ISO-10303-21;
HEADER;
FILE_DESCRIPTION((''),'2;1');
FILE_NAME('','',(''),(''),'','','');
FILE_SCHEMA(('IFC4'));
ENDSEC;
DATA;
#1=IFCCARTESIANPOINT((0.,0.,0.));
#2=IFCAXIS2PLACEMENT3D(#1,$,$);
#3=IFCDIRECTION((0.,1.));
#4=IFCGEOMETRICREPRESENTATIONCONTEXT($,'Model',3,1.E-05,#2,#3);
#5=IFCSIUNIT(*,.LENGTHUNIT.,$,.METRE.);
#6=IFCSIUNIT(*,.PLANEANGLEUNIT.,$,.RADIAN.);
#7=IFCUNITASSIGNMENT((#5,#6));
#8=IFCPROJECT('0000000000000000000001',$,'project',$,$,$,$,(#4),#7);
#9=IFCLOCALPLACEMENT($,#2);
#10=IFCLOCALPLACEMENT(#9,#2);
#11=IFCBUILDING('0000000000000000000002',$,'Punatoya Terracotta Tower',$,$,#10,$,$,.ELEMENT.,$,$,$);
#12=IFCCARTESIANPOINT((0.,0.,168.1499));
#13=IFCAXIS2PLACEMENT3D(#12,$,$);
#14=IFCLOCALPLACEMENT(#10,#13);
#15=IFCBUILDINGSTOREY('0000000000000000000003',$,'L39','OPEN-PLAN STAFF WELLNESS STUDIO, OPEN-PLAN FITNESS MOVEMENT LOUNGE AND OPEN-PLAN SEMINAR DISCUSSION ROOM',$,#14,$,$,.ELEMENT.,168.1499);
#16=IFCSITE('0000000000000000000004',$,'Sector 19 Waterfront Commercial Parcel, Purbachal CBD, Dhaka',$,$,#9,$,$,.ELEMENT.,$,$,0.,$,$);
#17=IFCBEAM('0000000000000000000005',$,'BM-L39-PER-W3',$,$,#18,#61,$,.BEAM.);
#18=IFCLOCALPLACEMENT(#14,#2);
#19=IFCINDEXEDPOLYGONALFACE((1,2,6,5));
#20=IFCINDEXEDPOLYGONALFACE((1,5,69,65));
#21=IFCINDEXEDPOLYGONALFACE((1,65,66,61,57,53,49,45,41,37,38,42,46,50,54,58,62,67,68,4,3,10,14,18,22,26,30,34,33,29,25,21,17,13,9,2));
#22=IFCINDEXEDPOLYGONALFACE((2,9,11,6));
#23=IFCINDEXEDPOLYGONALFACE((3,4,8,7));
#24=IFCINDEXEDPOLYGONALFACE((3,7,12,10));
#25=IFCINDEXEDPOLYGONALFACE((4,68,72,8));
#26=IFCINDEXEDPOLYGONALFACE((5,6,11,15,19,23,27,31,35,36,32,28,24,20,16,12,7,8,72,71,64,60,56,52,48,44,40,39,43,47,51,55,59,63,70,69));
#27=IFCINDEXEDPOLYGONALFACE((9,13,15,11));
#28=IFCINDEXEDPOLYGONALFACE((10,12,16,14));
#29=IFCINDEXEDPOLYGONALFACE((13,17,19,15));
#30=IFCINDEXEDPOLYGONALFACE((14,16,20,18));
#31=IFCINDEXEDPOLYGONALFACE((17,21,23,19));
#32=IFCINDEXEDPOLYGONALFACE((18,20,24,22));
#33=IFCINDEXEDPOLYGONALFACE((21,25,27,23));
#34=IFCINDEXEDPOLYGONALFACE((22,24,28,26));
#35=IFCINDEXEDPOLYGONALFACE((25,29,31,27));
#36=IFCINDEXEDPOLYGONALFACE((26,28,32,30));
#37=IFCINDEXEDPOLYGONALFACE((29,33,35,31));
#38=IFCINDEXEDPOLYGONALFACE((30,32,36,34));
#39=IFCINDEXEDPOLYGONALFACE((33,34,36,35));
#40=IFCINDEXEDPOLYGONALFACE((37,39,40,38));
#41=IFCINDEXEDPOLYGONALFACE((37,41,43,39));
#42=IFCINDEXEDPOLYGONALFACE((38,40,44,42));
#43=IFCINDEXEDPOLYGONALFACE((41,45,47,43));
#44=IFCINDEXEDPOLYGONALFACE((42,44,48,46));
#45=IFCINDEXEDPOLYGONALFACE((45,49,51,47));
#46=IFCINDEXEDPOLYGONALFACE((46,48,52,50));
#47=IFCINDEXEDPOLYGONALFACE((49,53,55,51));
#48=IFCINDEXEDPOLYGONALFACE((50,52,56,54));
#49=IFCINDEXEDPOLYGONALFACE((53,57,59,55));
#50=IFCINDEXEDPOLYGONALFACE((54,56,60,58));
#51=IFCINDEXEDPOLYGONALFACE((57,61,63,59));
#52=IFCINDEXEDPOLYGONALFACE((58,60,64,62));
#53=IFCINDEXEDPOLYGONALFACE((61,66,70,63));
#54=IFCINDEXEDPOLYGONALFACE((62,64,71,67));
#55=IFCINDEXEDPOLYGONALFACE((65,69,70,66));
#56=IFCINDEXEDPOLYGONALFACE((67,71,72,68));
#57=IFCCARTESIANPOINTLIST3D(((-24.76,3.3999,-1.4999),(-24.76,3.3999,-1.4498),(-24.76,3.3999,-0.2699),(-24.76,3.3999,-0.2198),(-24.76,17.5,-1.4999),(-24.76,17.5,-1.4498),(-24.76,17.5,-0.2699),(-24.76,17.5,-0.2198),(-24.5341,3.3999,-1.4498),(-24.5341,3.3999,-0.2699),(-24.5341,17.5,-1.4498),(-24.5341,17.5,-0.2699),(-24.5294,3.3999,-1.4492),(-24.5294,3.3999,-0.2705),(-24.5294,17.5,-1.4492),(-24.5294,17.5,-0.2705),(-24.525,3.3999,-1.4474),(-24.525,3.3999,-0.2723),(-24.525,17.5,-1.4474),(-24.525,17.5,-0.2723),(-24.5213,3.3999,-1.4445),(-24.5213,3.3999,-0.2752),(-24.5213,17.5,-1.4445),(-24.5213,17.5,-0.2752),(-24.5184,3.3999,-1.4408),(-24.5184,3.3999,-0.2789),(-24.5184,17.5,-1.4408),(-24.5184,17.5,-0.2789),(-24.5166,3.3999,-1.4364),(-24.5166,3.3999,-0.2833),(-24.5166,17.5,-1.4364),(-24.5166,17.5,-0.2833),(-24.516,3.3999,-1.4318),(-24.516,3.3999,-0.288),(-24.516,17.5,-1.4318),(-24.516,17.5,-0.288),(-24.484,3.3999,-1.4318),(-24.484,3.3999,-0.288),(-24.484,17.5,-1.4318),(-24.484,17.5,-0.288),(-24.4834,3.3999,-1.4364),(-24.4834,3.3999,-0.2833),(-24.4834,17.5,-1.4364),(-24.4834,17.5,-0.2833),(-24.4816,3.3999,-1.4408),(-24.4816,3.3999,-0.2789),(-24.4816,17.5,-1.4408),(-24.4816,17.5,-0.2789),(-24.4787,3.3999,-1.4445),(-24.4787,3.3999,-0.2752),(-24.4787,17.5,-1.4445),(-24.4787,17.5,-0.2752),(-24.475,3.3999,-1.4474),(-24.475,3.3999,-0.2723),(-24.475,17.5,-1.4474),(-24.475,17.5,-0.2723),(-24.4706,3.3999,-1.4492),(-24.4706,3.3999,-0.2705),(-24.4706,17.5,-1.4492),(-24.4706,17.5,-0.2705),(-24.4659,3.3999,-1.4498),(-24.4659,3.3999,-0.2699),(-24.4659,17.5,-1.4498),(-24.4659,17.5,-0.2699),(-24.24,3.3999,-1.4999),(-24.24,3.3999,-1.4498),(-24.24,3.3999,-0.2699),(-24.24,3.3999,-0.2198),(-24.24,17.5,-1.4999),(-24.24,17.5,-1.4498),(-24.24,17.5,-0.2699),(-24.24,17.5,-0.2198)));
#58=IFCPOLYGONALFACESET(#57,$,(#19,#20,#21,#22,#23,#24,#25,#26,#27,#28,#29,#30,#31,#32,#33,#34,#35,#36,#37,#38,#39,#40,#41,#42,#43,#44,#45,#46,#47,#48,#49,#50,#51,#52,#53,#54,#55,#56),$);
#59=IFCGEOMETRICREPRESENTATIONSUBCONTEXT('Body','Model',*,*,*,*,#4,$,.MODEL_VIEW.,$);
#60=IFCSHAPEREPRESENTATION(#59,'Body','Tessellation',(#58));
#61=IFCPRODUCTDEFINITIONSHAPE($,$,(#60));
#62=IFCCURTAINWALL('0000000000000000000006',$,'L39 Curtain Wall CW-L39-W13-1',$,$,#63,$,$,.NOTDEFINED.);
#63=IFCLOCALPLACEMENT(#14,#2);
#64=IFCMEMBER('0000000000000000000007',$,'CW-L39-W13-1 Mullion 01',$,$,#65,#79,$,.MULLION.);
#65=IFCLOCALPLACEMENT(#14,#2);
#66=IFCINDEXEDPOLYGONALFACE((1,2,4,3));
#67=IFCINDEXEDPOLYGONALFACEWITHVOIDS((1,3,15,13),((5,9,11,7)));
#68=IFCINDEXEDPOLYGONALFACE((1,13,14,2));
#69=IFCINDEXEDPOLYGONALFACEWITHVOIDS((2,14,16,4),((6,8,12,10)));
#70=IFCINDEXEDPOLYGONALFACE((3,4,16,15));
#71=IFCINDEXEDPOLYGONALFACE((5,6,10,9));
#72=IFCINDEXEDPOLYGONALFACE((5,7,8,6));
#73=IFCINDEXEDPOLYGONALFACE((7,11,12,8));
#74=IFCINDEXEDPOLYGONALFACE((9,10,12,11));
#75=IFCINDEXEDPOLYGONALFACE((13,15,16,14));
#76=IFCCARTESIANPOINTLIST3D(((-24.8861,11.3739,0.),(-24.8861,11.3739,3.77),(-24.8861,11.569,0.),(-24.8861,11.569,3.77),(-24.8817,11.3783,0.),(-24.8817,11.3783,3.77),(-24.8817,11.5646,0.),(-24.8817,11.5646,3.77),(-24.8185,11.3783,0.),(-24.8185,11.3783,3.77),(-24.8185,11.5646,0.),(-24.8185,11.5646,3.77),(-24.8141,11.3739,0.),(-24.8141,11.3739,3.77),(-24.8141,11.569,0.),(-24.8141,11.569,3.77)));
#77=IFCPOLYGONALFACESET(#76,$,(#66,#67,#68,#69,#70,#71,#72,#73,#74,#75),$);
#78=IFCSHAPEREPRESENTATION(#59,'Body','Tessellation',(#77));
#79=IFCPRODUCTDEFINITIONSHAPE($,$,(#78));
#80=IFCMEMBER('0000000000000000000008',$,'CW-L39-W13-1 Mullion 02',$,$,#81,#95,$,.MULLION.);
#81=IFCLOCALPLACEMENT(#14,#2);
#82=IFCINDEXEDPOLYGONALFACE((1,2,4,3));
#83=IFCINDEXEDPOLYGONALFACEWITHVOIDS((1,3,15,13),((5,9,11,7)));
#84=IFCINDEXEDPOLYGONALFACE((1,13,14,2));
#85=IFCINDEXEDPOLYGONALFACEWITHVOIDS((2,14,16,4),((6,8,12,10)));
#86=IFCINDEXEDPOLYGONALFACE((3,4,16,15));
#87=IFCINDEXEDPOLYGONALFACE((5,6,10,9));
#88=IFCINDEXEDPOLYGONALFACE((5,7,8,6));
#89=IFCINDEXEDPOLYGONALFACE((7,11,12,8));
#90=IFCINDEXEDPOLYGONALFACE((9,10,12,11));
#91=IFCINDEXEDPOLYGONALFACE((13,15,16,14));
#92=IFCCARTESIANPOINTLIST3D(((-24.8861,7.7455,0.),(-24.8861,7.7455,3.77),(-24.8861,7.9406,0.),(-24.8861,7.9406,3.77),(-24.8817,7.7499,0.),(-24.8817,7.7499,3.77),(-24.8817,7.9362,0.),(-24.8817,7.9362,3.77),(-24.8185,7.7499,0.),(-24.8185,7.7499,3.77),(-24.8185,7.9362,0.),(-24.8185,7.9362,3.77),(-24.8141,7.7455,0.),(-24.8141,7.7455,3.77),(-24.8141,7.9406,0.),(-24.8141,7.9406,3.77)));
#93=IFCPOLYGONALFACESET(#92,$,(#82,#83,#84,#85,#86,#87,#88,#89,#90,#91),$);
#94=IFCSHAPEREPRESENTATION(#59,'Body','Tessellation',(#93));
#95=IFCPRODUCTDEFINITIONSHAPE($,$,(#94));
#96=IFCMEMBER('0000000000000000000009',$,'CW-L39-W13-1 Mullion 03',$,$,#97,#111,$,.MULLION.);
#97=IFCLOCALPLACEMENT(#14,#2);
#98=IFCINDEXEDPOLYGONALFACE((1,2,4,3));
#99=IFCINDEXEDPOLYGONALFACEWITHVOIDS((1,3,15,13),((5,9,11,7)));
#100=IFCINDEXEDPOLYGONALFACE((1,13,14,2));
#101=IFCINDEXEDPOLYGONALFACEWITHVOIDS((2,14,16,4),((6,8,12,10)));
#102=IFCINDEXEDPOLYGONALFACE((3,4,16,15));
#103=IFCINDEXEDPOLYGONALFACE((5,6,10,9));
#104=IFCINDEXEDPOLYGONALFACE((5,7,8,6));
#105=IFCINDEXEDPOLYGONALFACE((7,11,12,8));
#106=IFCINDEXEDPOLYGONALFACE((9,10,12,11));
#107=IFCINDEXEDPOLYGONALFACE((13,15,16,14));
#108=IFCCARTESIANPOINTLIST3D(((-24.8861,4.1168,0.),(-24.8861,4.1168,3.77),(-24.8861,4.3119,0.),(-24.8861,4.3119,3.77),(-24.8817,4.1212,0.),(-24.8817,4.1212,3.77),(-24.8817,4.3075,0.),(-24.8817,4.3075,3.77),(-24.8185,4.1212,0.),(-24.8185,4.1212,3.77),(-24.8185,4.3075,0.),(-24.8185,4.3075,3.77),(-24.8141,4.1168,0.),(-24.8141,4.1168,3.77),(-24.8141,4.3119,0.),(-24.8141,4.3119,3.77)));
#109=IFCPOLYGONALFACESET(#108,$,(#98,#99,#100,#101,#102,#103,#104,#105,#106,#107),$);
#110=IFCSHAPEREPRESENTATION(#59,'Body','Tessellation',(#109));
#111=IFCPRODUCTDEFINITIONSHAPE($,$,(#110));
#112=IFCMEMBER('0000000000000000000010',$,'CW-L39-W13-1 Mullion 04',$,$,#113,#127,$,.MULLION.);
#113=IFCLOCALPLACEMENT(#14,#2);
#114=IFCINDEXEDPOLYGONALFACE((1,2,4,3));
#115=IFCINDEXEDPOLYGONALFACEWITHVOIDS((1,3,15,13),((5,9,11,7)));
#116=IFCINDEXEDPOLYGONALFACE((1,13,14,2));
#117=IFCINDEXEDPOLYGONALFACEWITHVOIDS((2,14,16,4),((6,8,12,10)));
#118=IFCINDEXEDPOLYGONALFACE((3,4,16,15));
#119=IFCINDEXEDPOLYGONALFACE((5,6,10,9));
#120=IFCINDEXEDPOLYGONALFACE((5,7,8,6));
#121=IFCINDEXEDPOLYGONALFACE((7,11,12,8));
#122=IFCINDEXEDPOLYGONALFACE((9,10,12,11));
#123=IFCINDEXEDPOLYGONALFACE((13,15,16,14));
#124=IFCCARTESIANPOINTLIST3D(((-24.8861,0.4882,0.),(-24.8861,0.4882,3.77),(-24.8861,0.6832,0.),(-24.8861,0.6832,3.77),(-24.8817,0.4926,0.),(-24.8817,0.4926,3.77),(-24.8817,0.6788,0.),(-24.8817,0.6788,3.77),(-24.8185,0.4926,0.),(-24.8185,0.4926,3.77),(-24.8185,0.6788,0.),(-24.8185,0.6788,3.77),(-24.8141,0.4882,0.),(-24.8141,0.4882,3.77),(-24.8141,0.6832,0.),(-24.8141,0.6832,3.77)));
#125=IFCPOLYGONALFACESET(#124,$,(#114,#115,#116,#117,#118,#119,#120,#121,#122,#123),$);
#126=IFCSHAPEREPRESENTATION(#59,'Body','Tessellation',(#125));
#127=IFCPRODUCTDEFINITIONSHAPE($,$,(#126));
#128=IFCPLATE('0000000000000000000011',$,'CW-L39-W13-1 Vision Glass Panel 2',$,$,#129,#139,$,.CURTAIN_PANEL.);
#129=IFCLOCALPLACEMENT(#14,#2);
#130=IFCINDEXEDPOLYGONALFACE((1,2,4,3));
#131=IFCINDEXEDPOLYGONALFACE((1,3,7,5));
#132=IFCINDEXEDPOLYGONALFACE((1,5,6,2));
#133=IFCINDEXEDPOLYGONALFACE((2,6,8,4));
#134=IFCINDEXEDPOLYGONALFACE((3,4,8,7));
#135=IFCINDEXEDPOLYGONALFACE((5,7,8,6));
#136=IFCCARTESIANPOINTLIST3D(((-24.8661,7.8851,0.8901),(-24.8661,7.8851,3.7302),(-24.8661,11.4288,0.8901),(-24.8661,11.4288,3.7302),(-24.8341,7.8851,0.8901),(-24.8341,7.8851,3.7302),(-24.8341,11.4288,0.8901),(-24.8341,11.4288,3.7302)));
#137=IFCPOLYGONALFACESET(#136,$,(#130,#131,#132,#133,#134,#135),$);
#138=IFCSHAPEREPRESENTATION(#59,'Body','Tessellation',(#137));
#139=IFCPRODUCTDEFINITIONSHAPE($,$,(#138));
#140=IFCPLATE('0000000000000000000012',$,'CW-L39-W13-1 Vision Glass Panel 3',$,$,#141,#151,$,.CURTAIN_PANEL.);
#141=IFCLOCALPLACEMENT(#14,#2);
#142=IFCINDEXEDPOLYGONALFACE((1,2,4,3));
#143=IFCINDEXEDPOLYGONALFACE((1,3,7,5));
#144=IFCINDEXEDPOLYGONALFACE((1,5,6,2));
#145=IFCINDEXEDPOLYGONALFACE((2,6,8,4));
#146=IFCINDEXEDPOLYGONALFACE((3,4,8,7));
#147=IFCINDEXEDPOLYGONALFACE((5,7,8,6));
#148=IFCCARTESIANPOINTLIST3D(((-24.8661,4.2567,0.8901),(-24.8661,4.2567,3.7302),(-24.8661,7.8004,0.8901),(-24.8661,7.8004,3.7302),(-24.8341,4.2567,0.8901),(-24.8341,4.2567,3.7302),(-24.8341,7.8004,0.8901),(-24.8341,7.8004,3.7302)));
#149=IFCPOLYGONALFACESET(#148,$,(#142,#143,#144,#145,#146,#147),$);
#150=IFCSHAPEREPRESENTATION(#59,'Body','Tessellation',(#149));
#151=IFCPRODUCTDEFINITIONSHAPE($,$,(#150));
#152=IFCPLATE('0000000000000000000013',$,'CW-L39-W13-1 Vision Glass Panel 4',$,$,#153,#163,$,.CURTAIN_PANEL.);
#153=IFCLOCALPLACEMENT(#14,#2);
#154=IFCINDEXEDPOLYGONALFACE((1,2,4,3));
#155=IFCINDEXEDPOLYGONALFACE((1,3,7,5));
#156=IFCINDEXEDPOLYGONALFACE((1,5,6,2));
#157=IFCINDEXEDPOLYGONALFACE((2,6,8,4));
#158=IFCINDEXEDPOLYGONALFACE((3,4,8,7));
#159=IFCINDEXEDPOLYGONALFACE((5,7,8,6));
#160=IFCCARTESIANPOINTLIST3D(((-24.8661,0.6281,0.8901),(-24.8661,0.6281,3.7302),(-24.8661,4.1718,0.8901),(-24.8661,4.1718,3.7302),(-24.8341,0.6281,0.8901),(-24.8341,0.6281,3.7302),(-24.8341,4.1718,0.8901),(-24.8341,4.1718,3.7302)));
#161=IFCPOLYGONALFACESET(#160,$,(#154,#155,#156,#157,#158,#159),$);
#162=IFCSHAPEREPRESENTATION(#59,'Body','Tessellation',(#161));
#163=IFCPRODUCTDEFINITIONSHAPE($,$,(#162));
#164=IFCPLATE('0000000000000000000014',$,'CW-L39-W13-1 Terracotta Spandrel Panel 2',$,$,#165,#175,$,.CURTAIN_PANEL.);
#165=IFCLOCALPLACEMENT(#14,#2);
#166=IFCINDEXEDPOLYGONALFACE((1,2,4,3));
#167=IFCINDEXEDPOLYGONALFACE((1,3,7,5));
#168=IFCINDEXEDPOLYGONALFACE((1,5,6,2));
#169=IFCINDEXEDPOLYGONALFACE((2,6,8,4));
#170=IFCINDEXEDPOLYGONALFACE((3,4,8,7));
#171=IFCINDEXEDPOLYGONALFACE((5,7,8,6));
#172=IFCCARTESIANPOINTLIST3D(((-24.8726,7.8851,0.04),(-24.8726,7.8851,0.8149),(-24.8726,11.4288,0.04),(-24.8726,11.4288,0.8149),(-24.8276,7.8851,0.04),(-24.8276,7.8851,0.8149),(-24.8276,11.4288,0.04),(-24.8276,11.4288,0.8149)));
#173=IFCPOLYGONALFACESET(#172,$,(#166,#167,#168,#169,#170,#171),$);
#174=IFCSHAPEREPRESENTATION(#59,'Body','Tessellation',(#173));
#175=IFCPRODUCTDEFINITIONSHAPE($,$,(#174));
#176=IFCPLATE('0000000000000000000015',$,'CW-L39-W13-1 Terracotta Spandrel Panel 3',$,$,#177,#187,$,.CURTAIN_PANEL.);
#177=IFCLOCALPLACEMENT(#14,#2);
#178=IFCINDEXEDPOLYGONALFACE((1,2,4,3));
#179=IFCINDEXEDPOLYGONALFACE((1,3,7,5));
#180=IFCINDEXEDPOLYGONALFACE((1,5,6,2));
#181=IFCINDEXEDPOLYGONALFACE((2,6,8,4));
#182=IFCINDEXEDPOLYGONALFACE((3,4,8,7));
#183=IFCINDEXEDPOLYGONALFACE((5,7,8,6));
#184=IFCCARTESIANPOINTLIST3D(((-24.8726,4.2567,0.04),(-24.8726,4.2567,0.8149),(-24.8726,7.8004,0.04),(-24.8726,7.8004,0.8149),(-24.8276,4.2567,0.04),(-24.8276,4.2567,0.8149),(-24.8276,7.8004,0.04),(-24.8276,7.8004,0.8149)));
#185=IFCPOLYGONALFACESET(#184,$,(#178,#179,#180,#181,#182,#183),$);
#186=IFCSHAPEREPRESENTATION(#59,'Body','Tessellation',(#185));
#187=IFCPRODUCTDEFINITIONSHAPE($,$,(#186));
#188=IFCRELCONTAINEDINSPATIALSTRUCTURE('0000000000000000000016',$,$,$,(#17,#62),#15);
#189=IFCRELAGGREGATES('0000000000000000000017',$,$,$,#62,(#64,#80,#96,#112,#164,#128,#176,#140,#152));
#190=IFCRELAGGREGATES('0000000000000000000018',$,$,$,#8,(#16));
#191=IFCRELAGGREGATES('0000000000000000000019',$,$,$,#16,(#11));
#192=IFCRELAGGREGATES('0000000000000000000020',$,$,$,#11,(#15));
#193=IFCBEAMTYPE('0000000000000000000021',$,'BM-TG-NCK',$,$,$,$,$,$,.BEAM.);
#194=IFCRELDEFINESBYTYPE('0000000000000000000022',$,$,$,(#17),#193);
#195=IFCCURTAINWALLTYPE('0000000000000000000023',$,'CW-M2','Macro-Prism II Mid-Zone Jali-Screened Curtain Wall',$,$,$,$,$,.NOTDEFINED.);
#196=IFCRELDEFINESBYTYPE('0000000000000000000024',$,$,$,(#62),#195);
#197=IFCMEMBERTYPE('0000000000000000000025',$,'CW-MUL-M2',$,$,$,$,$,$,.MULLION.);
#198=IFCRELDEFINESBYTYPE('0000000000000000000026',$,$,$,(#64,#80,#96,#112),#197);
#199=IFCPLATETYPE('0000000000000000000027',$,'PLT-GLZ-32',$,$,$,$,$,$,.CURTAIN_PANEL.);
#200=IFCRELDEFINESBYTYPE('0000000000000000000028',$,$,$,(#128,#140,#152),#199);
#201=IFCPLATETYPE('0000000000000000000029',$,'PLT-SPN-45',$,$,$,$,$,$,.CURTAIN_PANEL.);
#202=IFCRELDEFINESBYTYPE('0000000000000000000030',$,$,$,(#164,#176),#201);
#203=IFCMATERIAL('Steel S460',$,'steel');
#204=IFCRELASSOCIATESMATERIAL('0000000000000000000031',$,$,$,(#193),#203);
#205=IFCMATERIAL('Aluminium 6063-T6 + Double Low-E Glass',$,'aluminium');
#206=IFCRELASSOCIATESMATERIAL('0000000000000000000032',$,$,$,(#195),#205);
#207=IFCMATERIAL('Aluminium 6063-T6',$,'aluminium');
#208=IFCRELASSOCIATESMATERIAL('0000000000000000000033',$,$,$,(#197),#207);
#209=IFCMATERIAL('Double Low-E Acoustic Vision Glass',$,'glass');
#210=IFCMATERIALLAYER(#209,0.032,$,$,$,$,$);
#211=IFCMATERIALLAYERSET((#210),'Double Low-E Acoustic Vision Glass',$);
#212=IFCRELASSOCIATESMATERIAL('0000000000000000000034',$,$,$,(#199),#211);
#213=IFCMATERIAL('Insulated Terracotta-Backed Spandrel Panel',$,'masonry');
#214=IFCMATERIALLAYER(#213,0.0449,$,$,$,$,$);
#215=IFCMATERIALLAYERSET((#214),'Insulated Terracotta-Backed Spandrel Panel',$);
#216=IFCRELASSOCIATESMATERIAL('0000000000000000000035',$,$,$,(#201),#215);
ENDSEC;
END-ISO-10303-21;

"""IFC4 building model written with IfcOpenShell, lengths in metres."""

from ifc_helpers import new_model, si_unit, direction, frame, origin, origin_2d, place, context, subcontext, project, spatial, rectangle, hollow_rectangle, i_section, extrude, material, layer, layer_set, material_profile, profile_set, type_object, element, aggregate, save


model = new_model("IFC4")

# Units and contexts
model_context = context("Model", 3, precision=1e-05, world=origin(), true_north=direction((0.0, 1.0)))
body_context = subcontext(model_context, "Body", "Model", "MODEL_VIEW")
ifc_project = project(units=[si_unit("LENGTHUNIT", "METRE"), si_unit("PLANEANGLEUNIT", "RADIAN")], contexts=[model_context])

# Site, building, storey
site_placement = place(None, origin())
site = spatial("IfcSite", under=ifc_project, at=site_placement, Name="Sector 19 Waterfront Commercial Parcel, Purbachal CBD, Dhaka", CompositionType="ELEMENT", RefElevation=0.0)
building_placement = place(site_placement, origin())
building = spatial("IfcBuilding", under=site, at=building_placement, Name="Punatoya Terracotta Tower", CompositionType="ELEMENT")
storey_placement = place(building_placement, frame((0.0, 0.0, 168.1499)))
storey = spatial("IfcBuildingStorey", under=building, at=storey_placement, Name="L39", Description="OPEN-PLAN STAFF WELLNESS STUDIO, OPEN-PLAN FITNESS MOVEMENT LOUNGE AND OPEN-PLAN SEMINAR DISCUSSION ROOM", CompositionType="ELEMENT", Elevation=168.1499)

# Shared definitions
ifc_material_1 = material(Name="Steel S460", Category="steel")

# Beam
ifc_material_profile_1 = material_profile(ifc_material_1, i_section(OverallWidth=0.52, OverallDepth=1.28, WebThickness=0.032, FlangeThickness=0.05, FilletRadius=0.0181, at=origin_2d()))
ifc_profile_set_1 = profile_set([ifc_material_profile_1], Name="Steel S460")
beam_type_1 = type_object("IfcBeamType", Name="BM-TG-NCK", PredefinedType="BEAM", material=ifc_profile_set_1)
beam_1_placement = place(storey_placement, frame((-24.5, 3.3999, -0.8599), z_axis=(0.0, 1.0, 0.0), x_axis=(-1.0, 0.0, 0.0)))
element("IfcBeam", 1, at=beam_1_placement, inside=storey, type_object=beam_type_1, Name="BM-L39-PER-W3", PredefinedType="BEAM", context=body_context, shape_type="SweptSolid", body=[
    extrude(i_section(OverallWidth=0.52, OverallDepth=1.28, WebThickness=0.032, FlangeThickness=0.05, FilletRadius=0.0181, at=origin_2d()), origin(), (0.0, 0.0, 1.0), 14.1001),
])

# Curtain wall, members, plates
ifc_material_2 = material(Name="Aluminium 6063-T6 + Double Low-E Glass", Category="aluminium")
curtain_wall_type = type_object("IfcCurtainWallType", Name="CW-M2", Description="Macro-Prism II Mid-Zone Jali-Screened Curtain Wall", PredefinedType="NOTDEFINED", material=ifc_material_2)
curtain_wall_placement = place(storey_placement, origin())
curtain_wall = element("IfcCurtainWall", 2, at=curtain_wall_placement, inside=storey, type_object=curtain_wall_type, Name="L39 Curtain Wall CW-L39-W13-1", PredefinedType="NOTDEFINED")
ifc_material_3 = material(Name="Aluminium 6063-T6", Category="aluminium")
ifc_material_profile_2 = material_profile(ifc_material_3, hollow_rectangle(XDim=0.072, YDim=0.1951, WallThickness=0.0044, at=origin_2d()))
ifc_profile_set_2 = profile_set([ifc_material_profile_2], Name="Aluminium 6063-T6")
member_type = type_object("IfcMemberType", Name="CW-MUL-M2", PredefinedType="MULLION", material=ifc_profile_set_2)
member_1_placement = place(storey_placement, frame((-24.8501, 11.4714, 0.0), z_axis=(0.0, 0.0, 1.0), x_axis=(1.0, 0.0, 0.0)))
member_1 = element("IfcMember", 3, at=member_1_placement, type_object=member_type, Name="CW-L39-W13-1 Mullion 01", PredefinedType="MULLION", context=body_context, shape_type="SweptSolid", body=[
    extrude(hollow_rectangle(XDim=0.072, YDim=0.1951, WallThickness=0.0044, at=origin_2d()), origin(), (0.0, 0.0, 1.0), 3.77),
])
member_2_placement = place(storey_placement, frame((-24.8501, 7.843, 0.0), z_axis=(0.0, 0.0, 1.0), x_axis=(1.0, 0.0, 0.0)))
member_2 = element("IfcMember", 4, at=member_2_placement, type_object=member_type, Name="CW-L39-W13-1 Mullion 02", PredefinedType="MULLION", context=body_context, shape_type="SweptSolid", body=[
    extrude(hollow_rectangle(XDim=0.072, YDim=0.1951, WallThickness=0.0044, at=origin_2d()), origin(), (0.0, 0.0, 1.0), 3.77),
])
member_3_placement = place(storey_placement, frame((-24.8501, 4.2144, 0.0), z_axis=(0.0, 0.0, 1.0), x_axis=(1.0, 0.0, 0.0)))
member_3 = element("IfcMember", 5, at=member_3_placement, type_object=member_type, Name="CW-L39-W13-1 Mullion 03", PredefinedType="MULLION", context=body_context, shape_type="SweptSolid", body=[
    extrude(hollow_rectangle(XDim=0.072, YDim=0.1951, WallThickness=0.0044, at=origin_2d()), origin(), (0.0, 0.0, 1.0), 3.77),
])
member_4_placement = place(storey_placement, frame((-24.8501, 0.5857, 0.0), z_axis=(0.0, 0.0, 1.0), x_axis=(1.0, 0.0, 0.0)))
member_4 = element("IfcMember", 6, at=member_4_placement, type_object=member_type, Name="CW-L39-W13-1 Mullion 04", PredefinedType="MULLION", context=body_context, shape_type="SweptSolid", body=[
    extrude(hollow_rectangle(XDim=0.072, YDim=0.1951, WallThickness=0.0044, at=origin_2d()), origin(), (0.0, 0.0, 1.0), 3.77),
])
ifc_material_4 = material(Name="Double Low-E Acoustic Vision Glass", Category="glass")
ifc_layer_1 = layer(ifc_material_4, 0.032)
ifc_layer_set_1 = layer_set([ifc_layer_1], Name="Double Low-E Acoustic Vision Glass")
plate_type_1 = type_object("IfcPlateType", Name="PLT-GLZ-32", PredefinedType="CURTAIN_PANEL", material=ifc_layer_set_1)
plate_1_placement = place(storey_placement, frame((-24.8501, 9.657, 0.8901), z_axis=(0.0, 0.0, 1.0), x_axis=(0.0, -1.0, 0.0)))
plate_1 = element("IfcPlate", 7, at=plate_1_placement, type_object=plate_type_1, Name="CW-L39-W13-1 Vision Glass Panel 2", PredefinedType="CURTAIN_PANEL", context=body_context, shape_type="SweptSolid", body=[
    extrude(rectangle(XDim=3.5437, YDim=0.032, at=origin_2d()), origin(), (0.0, 0.0, 1.0), 2.8401),
])
plate_2_placement = place(storey_placement, frame((-24.8501, 6.0286, 0.8901), z_axis=(0.0, 0.0, 1.0), x_axis=(0.0, -1.0, 0.0)))
plate_2 = element("IfcPlate", 8, at=plate_2_placement, type_object=plate_type_1, Name="CW-L39-W13-1 Vision Glass Panel 3", PredefinedType="CURTAIN_PANEL", context=body_context, shape_type="SweptSolid", body=[
    extrude(rectangle(XDim=3.5437, YDim=0.032, at=origin_2d()), origin(), (0.0, 0.0, 1.0), 2.8401),
])
plate_3_placement = place(storey_placement, frame((-24.8501, 2.3999, 0.8901), z_axis=(0.0, 0.0, 1.0), x_axis=(0.0, -1.0, 0.0)))
plate_3 = element("IfcPlate", 9, at=plate_3_placement, type_object=plate_type_1, Name="CW-L39-W13-1 Vision Glass Panel 4", PredefinedType="CURTAIN_PANEL", context=body_context, shape_type="SweptSolid", body=[
    extrude(rectangle(XDim=3.5437, YDim=0.032, at=origin_2d()), origin(), (0.0, 0.0, 1.0), 2.8401),
])
ifc_material_5 = material(Name="Insulated Terracotta-Backed Spandrel Panel", Category="masonry")
ifc_layer_2 = layer(ifc_material_5, 0.0449)
ifc_layer_set_2 = layer_set([ifc_layer_2], Name="Insulated Terracotta-Backed Spandrel Panel")
plate_type_2 = type_object("IfcPlateType", Name="PLT-SPN-45", PredefinedType="CURTAIN_PANEL", material=ifc_layer_set_2)
plate_4_placement = place(storey_placement, frame((-24.8501, 9.657, 0.04), z_axis=(0.0, 0.0, 1.0), x_axis=(0.0, -1.0, 0.0)))
plate_4 = element("IfcPlate", 10, at=plate_4_placement, type_object=plate_type_2, Name="CW-L39-W13-1 Terracotta Spandrel Panel 2", PredefinedType="CURTAIN_PANEL", context=body_context, shape_type="SweptSolid", body=[
    extrude(rectangle(XDim=3.5437, YDim=0.0449, at=origin_2d()), origin(), (0.0, 0.0, 1.0), 0.7749),
])
plate_5_placement = place(storey_placement, frame((-24.8501, 6.0286, 0.04), z_axis=(0.0, 0.0, 1.0), x_axis=(0.0, -1.0, 0.0)))
plate_5 = element("IfcPlate", 11, at=plate_5_placement, type_object=plate_type_2, Name="CW-L39-W13-1 Terracotta Spandrel Panel 3", PredefinedType="CURTAIN_PANEL", context=body_context, shape_type="SweptSolid", body=[
    extrude(rectangle(XDim=3.5437, YDim=0.0449, at=origin_2d()), origin(), (0.0, 0.0, 1.0), 0.7749),
])
aggregate(curtain_wall, [member_1, member_2, member_3, member_4, plate_4, plate_1, plate_5, plate_2, plate_3])

save(model, "model.ifc")
